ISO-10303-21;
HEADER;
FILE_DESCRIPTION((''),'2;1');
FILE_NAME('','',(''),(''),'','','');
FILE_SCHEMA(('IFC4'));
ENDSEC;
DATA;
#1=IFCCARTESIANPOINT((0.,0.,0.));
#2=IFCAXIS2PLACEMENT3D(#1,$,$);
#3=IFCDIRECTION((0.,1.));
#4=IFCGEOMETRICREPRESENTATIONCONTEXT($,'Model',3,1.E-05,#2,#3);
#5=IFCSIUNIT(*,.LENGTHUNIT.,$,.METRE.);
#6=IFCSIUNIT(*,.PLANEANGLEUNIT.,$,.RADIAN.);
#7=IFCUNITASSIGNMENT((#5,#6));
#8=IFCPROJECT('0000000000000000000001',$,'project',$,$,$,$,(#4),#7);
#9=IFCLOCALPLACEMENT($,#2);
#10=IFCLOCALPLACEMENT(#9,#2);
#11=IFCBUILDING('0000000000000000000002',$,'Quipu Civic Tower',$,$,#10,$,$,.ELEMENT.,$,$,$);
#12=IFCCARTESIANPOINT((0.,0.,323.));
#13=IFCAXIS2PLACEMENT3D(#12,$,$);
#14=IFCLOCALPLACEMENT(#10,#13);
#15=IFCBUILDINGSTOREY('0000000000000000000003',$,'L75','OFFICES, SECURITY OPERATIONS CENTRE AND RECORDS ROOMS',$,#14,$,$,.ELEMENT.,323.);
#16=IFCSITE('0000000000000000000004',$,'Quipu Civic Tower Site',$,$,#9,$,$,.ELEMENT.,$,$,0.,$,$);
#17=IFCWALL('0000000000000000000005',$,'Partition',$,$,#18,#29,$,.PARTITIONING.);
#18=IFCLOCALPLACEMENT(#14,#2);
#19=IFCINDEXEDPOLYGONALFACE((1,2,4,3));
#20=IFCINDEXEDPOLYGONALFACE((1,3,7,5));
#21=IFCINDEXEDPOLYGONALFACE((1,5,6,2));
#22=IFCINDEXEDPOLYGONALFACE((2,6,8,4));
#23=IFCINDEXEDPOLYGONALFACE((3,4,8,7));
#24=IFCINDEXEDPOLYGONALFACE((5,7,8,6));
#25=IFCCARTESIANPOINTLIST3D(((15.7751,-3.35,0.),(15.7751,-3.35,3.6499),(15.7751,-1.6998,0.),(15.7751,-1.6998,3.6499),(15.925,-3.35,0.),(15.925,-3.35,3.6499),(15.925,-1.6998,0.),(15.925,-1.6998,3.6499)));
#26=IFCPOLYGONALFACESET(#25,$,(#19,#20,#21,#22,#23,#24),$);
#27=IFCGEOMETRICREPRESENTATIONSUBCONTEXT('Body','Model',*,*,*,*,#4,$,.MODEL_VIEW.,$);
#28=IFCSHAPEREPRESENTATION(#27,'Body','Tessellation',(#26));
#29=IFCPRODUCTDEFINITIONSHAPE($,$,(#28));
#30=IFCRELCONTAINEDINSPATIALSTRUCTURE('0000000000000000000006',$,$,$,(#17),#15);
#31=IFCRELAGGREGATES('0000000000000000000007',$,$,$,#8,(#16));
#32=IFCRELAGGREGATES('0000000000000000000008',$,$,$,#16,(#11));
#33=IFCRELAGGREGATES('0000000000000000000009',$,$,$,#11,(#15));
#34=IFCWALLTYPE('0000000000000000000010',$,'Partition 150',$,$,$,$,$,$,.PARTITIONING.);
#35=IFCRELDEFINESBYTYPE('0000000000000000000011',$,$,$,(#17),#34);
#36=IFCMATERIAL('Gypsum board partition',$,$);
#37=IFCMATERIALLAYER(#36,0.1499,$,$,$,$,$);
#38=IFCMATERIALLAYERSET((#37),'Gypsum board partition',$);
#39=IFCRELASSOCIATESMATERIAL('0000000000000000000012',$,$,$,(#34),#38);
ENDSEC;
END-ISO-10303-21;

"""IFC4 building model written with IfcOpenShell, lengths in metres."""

from ifc_helpers import new_model, si_unit, direction, frame, frame_2d, origin, place, context, subcontext, project, spatial, rectangle, extrude, material, layer, layer_set, type_object, element, save


model = new_model("IFC4")

# Units and contexts
model_context = context("Model", 3, precision=1e-05, world=origin(), true_north=direction((0.0, 1.0)))
body_context = subcontext(model_context, "Body", "Model", "MODEL_VIEW")
ifc_project = project(units=[si_unit("LENGTHUNIT", "METRE"), si_unit("PLANEANGLEUNIT", "RADIAN")], contexts=[model_context])

# Site, building, storey
site_placement = place(None, origin())
site = spatial("IfcSite", under=ifc_project, at=site_placement, Name="Quipu Civic Tower Site", CompositionType="ELEMENT", RefElevation=0.0)
building_placement = place(site_placement, origin())
building = spatial("IfcBuilding", under=site, at=building_placement, Name="Quipu Civic Tower", CompositionType="ELEMENT")
storey_placement = place(building_placement, frame((0.0, 0.0, 323.0)))
storey = spatial("IfcBuildingStorey", under=building, at=storey_placement, Name="L75", Description="OFFICES, SECURITY OPERATIONS CENTRE AND RECORDS ROOMS", CompositionType="ELEMENT", Elevation=323.0)

# Shared definitions
ifc_material_1 = material(Name="Gypsum board partition")
ifc_layer_1 = layer(ifc_material_1, 0.1499)
ifc_layer_set_1 = layer_set([ifc_layer_1], Name="Gypsum board partition")
wall_type_1 = type_object("IfcWallType", Name="Partition 150", PredefinedType="PARTITIONING", material=ifc_layer_set_1)

# Wall
wall_1_placement = place(storey_placement, frame((15.8501, -3.3501, 0.0), z_axis=(0.0, 0.0, 1.0), x_axis=(0.0, 1.0, 0.0)))
element("IfcWall", 1, at=wall_1_placement, inside=storey, type_object=wall_type_1, Name="Partition", PredefinedType="PARTITIONING", context=body_context, shape_type="SweptSolid", body=[
    extrude(rectangle(XDim=1.6501, YDim=0.1499, at=frame_2d((0.8252, 0.0))), origin(), (0.0, 0.0, 1.0), 3.6499),
])

save(model, "model.ifc")
